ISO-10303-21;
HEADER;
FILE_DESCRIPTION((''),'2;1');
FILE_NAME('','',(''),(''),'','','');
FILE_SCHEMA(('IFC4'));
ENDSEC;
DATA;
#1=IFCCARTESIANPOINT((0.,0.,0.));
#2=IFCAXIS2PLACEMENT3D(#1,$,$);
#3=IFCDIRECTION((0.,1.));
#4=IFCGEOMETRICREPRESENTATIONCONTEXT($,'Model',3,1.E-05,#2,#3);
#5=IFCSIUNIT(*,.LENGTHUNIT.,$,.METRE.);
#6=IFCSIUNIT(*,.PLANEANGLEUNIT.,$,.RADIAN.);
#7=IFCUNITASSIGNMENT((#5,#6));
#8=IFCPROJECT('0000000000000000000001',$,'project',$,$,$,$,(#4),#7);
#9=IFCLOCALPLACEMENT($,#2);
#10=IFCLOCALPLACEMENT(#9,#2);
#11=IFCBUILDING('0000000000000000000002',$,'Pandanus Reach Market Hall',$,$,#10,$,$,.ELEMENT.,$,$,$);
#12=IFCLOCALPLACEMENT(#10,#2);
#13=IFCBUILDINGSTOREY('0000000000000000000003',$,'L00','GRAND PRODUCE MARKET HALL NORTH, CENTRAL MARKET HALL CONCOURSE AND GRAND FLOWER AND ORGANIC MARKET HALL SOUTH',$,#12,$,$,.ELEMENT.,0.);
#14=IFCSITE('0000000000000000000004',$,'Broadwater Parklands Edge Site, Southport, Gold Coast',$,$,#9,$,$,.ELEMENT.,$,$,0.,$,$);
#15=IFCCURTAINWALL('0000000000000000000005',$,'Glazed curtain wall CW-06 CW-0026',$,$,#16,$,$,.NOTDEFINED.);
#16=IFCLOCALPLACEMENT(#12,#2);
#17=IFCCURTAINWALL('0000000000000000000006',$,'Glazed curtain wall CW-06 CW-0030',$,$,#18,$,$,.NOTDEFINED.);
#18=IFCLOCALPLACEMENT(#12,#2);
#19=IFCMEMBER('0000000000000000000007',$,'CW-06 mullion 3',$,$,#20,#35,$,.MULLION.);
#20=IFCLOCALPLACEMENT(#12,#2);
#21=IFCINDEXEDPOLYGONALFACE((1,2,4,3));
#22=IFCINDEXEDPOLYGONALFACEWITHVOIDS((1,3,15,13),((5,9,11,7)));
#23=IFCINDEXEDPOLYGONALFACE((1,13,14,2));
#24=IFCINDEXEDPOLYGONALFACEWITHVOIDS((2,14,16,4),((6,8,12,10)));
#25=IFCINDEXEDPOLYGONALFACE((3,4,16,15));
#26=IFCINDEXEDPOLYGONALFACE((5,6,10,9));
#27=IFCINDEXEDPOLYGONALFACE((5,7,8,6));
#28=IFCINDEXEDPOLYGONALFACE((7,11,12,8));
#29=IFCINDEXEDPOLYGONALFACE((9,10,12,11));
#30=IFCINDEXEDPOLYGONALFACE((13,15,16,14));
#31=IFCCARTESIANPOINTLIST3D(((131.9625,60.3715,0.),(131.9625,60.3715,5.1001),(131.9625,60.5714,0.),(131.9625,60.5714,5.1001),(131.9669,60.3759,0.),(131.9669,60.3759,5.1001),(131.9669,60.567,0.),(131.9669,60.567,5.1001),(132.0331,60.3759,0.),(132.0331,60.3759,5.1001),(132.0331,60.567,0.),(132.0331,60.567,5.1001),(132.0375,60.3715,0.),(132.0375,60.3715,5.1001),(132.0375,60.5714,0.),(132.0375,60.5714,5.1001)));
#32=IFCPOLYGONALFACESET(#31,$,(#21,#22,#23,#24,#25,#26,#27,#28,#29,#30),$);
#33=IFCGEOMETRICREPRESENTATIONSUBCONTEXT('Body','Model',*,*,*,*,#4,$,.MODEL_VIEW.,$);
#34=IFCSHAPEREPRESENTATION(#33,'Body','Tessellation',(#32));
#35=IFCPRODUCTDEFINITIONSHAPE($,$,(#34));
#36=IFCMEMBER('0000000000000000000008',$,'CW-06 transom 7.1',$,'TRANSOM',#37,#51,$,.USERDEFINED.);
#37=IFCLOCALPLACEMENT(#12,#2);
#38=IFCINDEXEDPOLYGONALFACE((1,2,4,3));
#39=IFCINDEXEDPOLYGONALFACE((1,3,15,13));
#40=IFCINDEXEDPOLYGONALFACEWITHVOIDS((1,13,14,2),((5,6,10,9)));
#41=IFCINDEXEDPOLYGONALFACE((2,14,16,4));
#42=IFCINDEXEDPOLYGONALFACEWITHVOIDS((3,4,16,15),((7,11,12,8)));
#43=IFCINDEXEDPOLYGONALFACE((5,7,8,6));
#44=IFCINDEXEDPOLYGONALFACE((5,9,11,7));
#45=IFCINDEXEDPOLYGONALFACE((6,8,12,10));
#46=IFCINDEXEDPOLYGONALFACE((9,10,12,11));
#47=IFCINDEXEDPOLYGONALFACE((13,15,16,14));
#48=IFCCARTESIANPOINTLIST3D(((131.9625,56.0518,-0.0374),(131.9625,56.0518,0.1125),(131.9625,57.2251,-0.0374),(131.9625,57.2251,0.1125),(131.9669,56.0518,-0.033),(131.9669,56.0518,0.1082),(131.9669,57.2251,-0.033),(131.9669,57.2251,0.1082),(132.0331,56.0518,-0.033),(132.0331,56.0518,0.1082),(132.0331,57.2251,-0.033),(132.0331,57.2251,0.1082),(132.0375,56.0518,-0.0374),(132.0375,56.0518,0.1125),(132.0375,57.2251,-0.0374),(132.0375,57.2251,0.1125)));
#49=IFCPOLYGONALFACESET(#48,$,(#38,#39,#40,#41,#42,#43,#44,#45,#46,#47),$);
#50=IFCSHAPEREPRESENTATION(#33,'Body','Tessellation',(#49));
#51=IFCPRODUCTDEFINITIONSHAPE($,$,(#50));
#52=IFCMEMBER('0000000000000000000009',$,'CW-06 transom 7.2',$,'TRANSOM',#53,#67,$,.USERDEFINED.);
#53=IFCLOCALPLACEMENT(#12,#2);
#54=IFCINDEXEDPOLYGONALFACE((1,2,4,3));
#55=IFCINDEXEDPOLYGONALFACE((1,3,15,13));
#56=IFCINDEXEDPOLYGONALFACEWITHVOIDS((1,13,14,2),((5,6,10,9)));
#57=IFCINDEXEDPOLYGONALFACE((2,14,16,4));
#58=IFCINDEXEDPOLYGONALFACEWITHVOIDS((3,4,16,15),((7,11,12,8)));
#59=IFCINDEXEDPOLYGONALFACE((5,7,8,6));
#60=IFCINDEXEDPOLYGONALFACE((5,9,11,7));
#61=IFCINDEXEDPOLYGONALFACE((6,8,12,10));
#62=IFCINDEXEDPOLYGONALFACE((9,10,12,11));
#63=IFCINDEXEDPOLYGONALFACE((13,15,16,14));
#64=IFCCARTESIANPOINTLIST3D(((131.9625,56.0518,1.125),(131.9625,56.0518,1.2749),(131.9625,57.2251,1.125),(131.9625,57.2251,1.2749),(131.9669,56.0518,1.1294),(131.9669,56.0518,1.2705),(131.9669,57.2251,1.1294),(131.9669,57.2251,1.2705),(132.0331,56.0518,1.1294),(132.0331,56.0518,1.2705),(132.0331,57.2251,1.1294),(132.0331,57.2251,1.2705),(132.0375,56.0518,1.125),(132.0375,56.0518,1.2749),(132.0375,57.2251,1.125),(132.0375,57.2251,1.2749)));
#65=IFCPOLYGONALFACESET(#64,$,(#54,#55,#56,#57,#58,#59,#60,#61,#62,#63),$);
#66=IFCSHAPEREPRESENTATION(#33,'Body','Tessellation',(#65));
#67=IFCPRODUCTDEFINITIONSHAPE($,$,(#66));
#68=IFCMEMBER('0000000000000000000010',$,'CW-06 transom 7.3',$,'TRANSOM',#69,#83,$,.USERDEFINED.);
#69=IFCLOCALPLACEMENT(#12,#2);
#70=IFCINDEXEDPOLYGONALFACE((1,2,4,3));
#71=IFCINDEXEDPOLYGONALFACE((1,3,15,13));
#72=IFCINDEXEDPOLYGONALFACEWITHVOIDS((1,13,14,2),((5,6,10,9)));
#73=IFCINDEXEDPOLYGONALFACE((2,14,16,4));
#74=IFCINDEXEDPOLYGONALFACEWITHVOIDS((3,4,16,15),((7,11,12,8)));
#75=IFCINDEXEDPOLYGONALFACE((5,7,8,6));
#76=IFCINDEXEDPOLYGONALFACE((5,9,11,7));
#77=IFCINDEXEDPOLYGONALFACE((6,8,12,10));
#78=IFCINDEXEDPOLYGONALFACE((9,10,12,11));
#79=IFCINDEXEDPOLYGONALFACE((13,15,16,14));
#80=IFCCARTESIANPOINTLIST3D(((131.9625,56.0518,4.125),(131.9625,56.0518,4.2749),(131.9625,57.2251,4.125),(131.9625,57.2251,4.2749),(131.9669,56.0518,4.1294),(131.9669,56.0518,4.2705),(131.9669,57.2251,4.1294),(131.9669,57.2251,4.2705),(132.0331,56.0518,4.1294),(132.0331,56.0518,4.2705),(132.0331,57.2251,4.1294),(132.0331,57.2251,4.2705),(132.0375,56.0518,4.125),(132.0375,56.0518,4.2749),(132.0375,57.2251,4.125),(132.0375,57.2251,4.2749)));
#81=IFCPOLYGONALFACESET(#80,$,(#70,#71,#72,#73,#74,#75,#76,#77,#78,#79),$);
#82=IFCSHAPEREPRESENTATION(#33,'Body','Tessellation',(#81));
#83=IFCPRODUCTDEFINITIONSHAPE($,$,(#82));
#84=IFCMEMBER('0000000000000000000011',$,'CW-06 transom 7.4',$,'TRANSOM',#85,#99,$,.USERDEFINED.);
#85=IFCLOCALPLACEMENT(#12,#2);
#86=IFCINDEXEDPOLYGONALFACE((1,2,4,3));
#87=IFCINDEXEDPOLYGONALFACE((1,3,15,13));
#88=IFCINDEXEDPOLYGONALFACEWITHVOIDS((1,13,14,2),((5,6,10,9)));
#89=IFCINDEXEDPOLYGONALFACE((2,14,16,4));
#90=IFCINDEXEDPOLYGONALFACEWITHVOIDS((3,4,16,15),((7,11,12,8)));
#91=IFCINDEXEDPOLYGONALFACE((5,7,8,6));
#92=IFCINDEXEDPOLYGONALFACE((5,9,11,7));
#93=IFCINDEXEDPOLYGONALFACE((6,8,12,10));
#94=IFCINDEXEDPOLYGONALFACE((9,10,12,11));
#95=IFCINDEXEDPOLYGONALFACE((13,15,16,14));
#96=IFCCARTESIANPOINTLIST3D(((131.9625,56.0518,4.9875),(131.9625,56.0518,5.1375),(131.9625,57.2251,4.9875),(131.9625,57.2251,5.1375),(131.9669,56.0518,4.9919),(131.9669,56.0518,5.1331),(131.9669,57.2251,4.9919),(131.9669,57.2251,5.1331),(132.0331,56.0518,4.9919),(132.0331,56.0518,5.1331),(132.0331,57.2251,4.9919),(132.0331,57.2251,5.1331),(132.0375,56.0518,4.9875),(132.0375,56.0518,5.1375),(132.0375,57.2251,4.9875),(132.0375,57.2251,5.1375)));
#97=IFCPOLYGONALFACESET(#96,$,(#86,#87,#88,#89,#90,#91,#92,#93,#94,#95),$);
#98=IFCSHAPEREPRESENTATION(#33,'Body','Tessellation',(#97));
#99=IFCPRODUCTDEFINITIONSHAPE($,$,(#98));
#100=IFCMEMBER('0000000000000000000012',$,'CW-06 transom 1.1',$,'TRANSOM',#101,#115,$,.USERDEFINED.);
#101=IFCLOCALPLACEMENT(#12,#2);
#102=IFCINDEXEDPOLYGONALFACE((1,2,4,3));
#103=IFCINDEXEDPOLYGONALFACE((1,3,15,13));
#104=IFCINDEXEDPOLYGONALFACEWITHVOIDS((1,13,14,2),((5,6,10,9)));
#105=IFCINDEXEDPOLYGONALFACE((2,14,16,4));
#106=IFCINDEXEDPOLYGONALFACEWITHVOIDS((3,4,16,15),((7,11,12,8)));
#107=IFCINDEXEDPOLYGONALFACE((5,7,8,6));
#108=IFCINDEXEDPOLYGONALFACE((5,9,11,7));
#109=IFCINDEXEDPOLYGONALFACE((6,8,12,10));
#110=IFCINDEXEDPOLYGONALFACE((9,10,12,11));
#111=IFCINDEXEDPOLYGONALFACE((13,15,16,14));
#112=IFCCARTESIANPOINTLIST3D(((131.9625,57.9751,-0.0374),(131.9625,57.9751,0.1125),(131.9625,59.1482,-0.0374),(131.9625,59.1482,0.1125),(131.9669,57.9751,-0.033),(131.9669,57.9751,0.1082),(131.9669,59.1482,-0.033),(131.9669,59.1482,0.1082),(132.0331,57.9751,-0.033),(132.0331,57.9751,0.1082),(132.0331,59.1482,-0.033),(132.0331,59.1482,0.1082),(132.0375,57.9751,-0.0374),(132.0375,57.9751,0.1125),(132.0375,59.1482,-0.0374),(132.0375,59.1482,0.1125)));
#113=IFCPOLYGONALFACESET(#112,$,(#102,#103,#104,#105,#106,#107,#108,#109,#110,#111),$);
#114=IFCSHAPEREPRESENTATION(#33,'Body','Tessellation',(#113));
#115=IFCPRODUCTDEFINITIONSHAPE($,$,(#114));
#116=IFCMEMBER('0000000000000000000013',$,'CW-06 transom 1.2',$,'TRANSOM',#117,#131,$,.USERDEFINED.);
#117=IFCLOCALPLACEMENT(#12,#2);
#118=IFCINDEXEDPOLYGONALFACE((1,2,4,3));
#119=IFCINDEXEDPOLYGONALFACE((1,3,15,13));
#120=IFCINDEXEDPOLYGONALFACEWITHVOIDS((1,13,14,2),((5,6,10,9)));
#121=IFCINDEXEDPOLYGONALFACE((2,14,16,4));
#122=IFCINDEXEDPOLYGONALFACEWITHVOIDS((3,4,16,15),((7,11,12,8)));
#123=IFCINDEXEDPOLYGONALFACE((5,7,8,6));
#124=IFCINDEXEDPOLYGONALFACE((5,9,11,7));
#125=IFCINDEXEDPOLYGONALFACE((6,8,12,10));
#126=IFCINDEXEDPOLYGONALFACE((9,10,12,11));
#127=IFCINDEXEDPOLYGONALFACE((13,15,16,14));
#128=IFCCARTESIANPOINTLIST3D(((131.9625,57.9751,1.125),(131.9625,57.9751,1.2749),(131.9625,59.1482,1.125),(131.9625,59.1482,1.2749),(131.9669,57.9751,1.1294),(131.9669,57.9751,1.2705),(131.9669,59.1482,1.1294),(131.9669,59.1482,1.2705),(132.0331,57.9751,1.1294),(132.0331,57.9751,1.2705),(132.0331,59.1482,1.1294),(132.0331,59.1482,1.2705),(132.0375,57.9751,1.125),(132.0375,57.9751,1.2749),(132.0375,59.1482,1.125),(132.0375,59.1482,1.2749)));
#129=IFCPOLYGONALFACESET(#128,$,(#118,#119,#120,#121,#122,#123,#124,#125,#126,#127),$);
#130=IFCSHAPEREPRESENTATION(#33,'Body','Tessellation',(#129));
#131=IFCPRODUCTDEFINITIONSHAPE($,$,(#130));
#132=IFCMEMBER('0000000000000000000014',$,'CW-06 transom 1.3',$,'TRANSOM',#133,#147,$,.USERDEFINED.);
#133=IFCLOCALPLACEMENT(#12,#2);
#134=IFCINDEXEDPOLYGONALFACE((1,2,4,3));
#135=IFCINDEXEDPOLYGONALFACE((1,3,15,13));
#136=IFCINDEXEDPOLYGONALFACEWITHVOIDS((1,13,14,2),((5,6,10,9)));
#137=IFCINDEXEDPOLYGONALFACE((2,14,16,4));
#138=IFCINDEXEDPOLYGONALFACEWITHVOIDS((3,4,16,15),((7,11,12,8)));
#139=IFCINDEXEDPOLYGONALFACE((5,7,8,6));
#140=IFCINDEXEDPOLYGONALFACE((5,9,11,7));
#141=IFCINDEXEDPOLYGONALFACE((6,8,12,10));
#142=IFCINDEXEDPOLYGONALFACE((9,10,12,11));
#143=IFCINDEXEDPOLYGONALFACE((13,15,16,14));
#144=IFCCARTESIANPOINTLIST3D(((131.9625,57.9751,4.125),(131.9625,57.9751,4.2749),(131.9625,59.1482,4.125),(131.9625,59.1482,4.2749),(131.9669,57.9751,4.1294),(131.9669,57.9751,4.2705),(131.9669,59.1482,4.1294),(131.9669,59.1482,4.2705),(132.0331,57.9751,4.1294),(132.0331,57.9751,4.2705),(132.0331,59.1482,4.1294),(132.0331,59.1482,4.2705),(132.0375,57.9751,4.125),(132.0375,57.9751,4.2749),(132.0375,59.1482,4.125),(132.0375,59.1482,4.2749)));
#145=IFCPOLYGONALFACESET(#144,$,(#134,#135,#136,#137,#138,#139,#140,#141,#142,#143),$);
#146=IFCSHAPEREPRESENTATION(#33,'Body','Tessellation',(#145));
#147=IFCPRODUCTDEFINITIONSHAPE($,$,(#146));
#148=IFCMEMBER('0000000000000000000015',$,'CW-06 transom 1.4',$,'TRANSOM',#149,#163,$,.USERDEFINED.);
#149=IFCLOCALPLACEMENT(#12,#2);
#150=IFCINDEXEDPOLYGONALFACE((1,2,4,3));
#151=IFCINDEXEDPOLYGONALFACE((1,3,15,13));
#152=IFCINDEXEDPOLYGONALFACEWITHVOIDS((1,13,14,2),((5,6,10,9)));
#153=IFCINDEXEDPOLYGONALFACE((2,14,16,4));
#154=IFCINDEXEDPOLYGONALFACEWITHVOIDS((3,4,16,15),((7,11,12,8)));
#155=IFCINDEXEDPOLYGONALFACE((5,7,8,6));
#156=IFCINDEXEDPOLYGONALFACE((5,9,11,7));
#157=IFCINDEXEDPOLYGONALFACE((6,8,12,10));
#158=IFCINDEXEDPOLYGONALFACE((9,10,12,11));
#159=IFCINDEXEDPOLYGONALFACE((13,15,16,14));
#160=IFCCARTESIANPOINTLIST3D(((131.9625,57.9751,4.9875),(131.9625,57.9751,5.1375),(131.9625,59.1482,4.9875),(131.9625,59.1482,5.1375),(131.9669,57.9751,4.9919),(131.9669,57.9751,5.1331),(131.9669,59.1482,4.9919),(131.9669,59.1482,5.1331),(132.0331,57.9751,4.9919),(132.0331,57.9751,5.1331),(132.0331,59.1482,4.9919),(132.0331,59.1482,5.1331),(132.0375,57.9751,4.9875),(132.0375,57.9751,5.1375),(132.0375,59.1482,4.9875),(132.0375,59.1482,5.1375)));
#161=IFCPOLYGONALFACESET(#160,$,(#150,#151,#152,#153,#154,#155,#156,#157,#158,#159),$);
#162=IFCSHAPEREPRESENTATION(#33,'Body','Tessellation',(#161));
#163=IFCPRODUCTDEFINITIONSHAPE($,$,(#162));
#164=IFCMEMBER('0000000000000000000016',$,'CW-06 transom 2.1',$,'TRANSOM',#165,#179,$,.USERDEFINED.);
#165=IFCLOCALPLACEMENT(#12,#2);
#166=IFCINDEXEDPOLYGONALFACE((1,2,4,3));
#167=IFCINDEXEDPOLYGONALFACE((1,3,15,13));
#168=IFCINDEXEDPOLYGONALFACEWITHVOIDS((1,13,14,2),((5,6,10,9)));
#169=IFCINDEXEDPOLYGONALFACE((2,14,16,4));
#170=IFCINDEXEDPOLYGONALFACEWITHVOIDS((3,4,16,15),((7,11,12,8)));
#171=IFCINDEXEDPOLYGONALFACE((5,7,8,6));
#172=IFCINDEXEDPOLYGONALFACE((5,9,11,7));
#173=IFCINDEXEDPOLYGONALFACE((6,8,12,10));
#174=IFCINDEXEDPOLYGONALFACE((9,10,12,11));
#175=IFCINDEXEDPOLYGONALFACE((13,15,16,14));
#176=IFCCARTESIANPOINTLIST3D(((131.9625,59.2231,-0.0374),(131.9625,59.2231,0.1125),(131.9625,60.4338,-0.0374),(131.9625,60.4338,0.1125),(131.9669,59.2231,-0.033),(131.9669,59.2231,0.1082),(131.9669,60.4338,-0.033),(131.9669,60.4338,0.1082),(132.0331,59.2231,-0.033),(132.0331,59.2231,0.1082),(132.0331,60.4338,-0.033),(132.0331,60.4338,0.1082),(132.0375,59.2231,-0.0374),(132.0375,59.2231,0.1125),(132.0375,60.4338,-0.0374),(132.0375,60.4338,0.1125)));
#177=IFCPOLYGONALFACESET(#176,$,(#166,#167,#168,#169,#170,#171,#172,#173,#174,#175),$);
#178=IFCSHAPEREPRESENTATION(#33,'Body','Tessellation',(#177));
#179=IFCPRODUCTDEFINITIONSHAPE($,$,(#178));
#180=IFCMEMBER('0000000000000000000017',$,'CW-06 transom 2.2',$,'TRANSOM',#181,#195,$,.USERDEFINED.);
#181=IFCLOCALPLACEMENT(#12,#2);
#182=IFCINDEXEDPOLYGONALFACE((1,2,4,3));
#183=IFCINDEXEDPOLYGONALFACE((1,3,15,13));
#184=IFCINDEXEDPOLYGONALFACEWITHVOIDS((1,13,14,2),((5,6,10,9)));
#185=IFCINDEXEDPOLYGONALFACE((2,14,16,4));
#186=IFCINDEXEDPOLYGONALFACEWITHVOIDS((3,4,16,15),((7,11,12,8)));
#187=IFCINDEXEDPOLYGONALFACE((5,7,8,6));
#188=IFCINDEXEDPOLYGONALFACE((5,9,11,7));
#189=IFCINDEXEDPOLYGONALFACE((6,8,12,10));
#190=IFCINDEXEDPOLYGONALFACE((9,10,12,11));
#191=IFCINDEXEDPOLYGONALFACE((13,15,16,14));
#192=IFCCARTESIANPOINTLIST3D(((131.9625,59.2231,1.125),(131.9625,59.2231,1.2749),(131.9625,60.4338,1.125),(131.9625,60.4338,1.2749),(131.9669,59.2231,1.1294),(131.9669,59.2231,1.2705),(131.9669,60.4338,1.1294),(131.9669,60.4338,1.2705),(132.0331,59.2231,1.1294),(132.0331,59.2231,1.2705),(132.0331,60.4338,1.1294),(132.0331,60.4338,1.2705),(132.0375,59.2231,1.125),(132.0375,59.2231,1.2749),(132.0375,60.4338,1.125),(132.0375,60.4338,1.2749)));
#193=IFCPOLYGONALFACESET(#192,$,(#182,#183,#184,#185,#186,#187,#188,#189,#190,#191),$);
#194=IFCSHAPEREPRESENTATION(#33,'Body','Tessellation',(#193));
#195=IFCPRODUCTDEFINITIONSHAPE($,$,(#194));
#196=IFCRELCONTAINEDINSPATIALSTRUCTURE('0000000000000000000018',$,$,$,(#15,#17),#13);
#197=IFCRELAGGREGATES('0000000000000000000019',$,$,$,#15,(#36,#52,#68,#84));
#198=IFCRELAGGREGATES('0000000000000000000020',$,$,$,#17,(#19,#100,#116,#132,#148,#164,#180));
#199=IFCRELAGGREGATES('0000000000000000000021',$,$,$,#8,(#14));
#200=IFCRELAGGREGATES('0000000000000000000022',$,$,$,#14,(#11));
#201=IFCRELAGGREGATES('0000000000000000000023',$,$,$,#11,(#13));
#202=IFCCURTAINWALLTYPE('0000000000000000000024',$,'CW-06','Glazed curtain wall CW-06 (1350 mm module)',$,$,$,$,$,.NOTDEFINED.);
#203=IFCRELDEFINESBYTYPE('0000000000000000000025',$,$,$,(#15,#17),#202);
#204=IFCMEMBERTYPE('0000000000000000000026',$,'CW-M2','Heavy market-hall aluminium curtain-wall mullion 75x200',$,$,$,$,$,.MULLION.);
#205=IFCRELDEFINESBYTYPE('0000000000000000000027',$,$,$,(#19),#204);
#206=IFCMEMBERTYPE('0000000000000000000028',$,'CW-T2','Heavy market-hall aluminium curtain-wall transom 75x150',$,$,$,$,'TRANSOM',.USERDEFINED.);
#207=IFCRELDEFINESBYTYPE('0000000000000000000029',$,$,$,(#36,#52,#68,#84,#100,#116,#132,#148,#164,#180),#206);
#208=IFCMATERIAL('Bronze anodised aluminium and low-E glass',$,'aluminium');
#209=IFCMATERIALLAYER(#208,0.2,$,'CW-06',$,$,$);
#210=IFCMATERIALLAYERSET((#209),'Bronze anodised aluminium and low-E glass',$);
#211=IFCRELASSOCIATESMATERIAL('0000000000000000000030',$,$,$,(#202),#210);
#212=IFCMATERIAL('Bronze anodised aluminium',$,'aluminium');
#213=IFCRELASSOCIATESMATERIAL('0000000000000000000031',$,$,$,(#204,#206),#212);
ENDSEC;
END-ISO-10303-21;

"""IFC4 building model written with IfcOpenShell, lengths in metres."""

from ifc_helpers import new_model, si_unit, direction, frame, origin, origin_2d, place, context, subcontext, project, spatial, hollow_rectangle, extrude, material, layer, layer_set, material_profile, profile_set, type_object, element, aggregate, save


model = new_model("IFC4")

# Units and contexts
model_context = context("Model", 3, precision=1e-05, world=origin(), true_north=direction((0.0, 1.0)))
body_context = subcontext(model_context, "Body", "Model", "MODEL_VIEW")
ifc_project = project(units=[si_unit("LENGTHUNIT", "METRE"), si_unit("PLANEANGLEUNIT", "RADIAN")], contexts=[model_context])

# Site, building, storey
site_placement = place(None, origin())
site = spatial("IfcSite", under=ifc_project, at=site_placement, Name="Broadwater Parklands Edge Site, Southport, Gold Coast", CompositionType="ELEMENT", RefElevation=0.0)
building_placement = place(site_placement, origin())
building = spatial("IfcBuilding", under=site, at=building_placement, Name="Pandanus Reach Market Hall", CompositionType="ELEMENT")
storey_placement = place(building_placement, origin())
storey = spatial("IfcBuildingStorey", under=building, at=storey_placement, Name="L00", Description="GRAND PRODUCE MARKET HALL NORTH, CENTRAL MARKET HALL CONCOURSE AND GRAND FLOWER AND ORGANIC MARKET HALL SOUTH", CompositionType="ELEMENT", Elevation=0.0)

# Curtain walls, member
ifc_material_1 = material(Name="Bronze anodised aluminium and low-E glass", Category="aluminium")
ifc_layer_1 = layer(ifc_material_1, 0.2, Name="CW-06")
ifc_layer_set_1 = layer_set([ifc_layer_1], Name="Bronze anodised aluminium and low-E glass")
curtain_wall_type = type_object("IfcCurtainWallType", Name="CW-06", Description="Glazed curtain wall CW-06 (1350 mm module)", PredefinedType="NOTDEFINED", material=ifc_layer_set_1)
curtain_wall_1_placement = place(storey_placement, origin())
curtain_wall_1 = element("IfcCurtainWall", 1, at=curtain_wall_1_placement, inside=storey, type_object=curtain_wall_type, Name="Glazed curtain wall CW-06 CW-0026", PredefinedType="NOTDEFINED")
ifc_material_2 = material(Name="Bronze anodised aluminium", Category="aluminium")
ifc_material_profile_1 = material_profile(ifc_material_2, hollow_rectangle(XDim=0.075, YDim=0.2, WallThickness=0.0044, at=origin_2d()), Name="ALU75x200", Category="LoadBearing")
ifc_profile_set_1 = profile_set([ifc_material_profile_1], Name="Bronze anodised aluminium")
member_type_1 = type_object("IfcMemberType", Name="CW-M2", Description="Heavy market-hall aluminium curtain-wall mullion 75x200", PredefinedType="MULLION", material=ifc_profile_set_1)
curtain_wall_2_placement = place(storey_placement, origin())
curtain_wall_2 = element("IfcCurtainWall", 2, at=curtain_wall_2_placement, inside=storey, type_object=curtain_wall_type, Name="Glazed curtain wall CW-06 CW-0030", PredefinedType="NOTDEFINED")
member_1_placement = place(storey_placement, frame((132.0, 60.4714, 0.0), z_axis=(0.0, 0.0, 1.0), x_axis=(-1.0, 0.0, 0.0)))
member_1 = element("IfcMember", 3, at=member_1_placement, type_object=member_type_1, Name="CW-06 mullion 3", PredefinedType="MULLION", context=body_context, shape_type="SweptSolid", body=[
    extrude(hollow_rectangle(XDim=0.075, YDim=0.2, WallThickness=0.0044, at=origin_2d()), origin(), (0.0, 0.0, 1.0), 5.1001),
])

# Members
ifc_material_profile_2 = material_profile(ifc_material_2, hollow_rectangle(XDim=0.075, YDim=0.1499, WallThickness=0.0044, at=origin_2d()), Name="ALU75x150", Category="LoadBearing")
ifc_profile_set_2 = profile_set([ifc_material_profile_2], Name="Bronze anodised aluminium")
member_type_2 = type_object("IfcMemberType", Name="CW-T2", Description="Heavy market-hall aluminium curtain-wall transom 75x150", ElementType="TRANSOM", PredefinedType="USERDEFINED", material=ifc_profile_set_2)
member_2_placement = place(storey_placement, frame((132.0, 56.0518, 0.0376), z_axis=(0.0, 1.0, 0.0), x_axis=(-1.0, 0.0, 0.0)))
member_2 = element("IfcMember", 4, at=member_2_placement, type_object=member_type_2, Name="CW-06 transom 7.1", ObjectType="TRANSOM", PredefinedType="USERDEFINED", context=body_context, shape_type="SweptSolid", body=[
    extrude(hollow_rectangle(XDim=0.075, YDim=0.1499, WallThickness=0.0044, at=origin_2d()), origin(), (0.0, 0.0, 1.0), 1.1733),
])
member_3_placement = place(storey_placement, frame((132.0, 56.0518, 1.2), z_axis=(0.0, 1.0, 0.0), x_axis=(-1.0, 0.0, 0.0)))
member_3 = element("IfcMember", 5, at=member_3_placement, type_object=member_type_2, Name="CW-06 transom 7.2", ObjectType="TRANSOM", PredefinedType="USERDEFINED", context=body_context, shape_type="SweptSolid", body=[
    extrude(hollow_rectangle(XDim=0.075, YDim=0.1499, WallThickness=0.0044, at=origin_2d()), origin(), (0.0, 0.0, 1.0), 1.1733),
])
member_4_placement = place(storey_placement, frame((132.0, 56.0518, 4.2), z_axis=(0.0, 1.0, 0.0), x_axis=(-1.0, 0.0, 0.0)))
member_4 = element("IfcMember", 6, at=member_4_placement, type_object=member_type_2, Name="CW-06 transom 7.3", ObjectType="TRANSOM", PredefinedType="USERDEFINED", context=body_context, shape_type="SweptSolid", body=[
    extrude(hollow_rectangle(XDim=0.075, YDim=0.1499, WallThickness=0.0044, at=origin_2d()), origin(), (0.0, 0.0, 1.0), 1.1733),
])
member_5_placement = place(storey_placement, frame((132.0, 56.0518, 5.0625), z_axis=(0.0, 1.0, 0.0), x_axis=(-1.0, 0.0, 0.0)))
member_5 = element("IfcMember", 7, at=member_5_placement, type_object=member_type_2, Name="CW-06 transom 7.4", ObjectType="TRANSOM", PredefinedType="USERDEFINED", context=body_context, shape_type="SweptSolid", body=[
    extrude(hollow_rectangle(XDim=0.075, YDim=0.1499, WallThickness=0.0044, at=origin_2d()), origin(), (0.0, 0.0, 1.0), 1.1733),
])
member_6_placement = place(storey_placement, frame((132.0, 57.9751, 0.0376), z_axis=(0.0, 1.0, 0.0), x_axis=(-1.0, 0.0, 0.0)))
member_6 = element("IfcMember", 8, at=member_6_placement, type_object=member_type_2, Name="CW-06 transom 1.1", ObjectType="TRANSOM", PredefinedType="USERDEFINED", context=body_context, shape_type="SweptSolid", body=[
    extrude(hollow_rectangle(XDim=0.075, YDim=0.1499, WallThickness=0.0044, at=origin_2d()), origin(), (0.0, 0.0, 1.0), 1.1731),
])
member_7_placement = place(storey_placement, frame((132.0, 57.9751, 1.2), z_axis=(0.0, 1.0, 0.0), x_axis=(-1.0, 0.0, 0.0)))
member_7 = element("IfcMember", 9, at=member_7_placement, type_object=member_type_2, Name="CW-06 transom 1.2", ObjectType="TRANSOM", PredefinedType="USERDEFINED", context=body_context, shape_type="SweptSolid", body=[
    extrude(hollow_rectangle(XDim=0.075, YDim=0.1499, WallThickness=0.0044, at=origin_2d()), origin(), (0.0, 0.0, 1.0), 1.1731),
])
member_8_placement = place(storey_placement, frame((132.0, 57.9751, 4.2), z_axis=(0.0, 1.0, 0.0), x_axis=(-1.0, 0.0, 0.0)))
member_8 = element("IfcMember", 10, at=member_8_placement, type_object=member_type_2, Name="CW-06 transom 1.3", ObjectType="TRANSOM", PredefinedType="USERDEFINED", context=body_context, shape_type="SweptSolid", body=[
    extrude(hollow_rectangle(XDim=0.075, YDim=0.1499, WallThickness=0.0044, at=origin_2d()), origin(), (0.0, 0.0, 1.0), 1.1731),
])
member_9_placement = place(storey_placement, frame((132.0, 57.9751, 5.0625), z_axis=(0.0, 1.0, 0.0), x_axis=(-1.0, 0.0, 0.0)))
member_9 = element("IfcMember", 11, at=member_9_placement, type_object=member_type_2, Name="CW-06 transom 1.4", ObjectType="TRANSOM", PredefinedType="USERDEFINED", context=body_context, shape_type="SweptSolid", body=[
    extrude(hollow_rectangle(XDim=0.075, YDim=0.1499, WallThickness=0.0044, at=origin_2d()), origin(), (0.0, 0.0, 1.0), 1.1731),
])
member_10_placement = place(storey_placement, frame((132.0, 59.2231, 0.0376), z_axis=(0.0, 1.0, 0.0), x_axis=(-1.0, 0.0, 0.0)))
member_10 = element("IfcMember", 12, at=member_10_placement, type_object=member_type_2, Name="CW-06 transom 2.1", ObjectType="TRANSOM", PredefinedType="USERDEFINED", context=body_context, shape_type="SweptSolid", body=[
    extrude(hollow_rectangle(XDim=0.075, YDim=0.1499, WallThickness=0.0044, at=origin_2d()), origin(), (0.0, 0.0, 1.0), 1.2107),
])
member_11_placement = place(storey_placement, frame((132.0, 59.2231, 1.2), z_axis=(0.0, 1.0, 0.0), x_axis=(-1.0, 0.0, 0.0)))
member_11 = element("IfcMember", 13, at=member_11_placement, type_object=member_type_2, Name="CW-06 transom 2.2", ObjectType="TRANSOM", PredefinedType="USERDEFINED", context=body_context, shape_type="SweptSolid", body=[
    extrude(hollow_rectangle(XDim=0.075, YDim=0.1499, WallThickness=0.0044, at=origin_2d()), origin(), (0.0, 0.0, 1.0), 1.2107),
])

aggregate(curtain_wall_1, [member_2, member_3, member_4, member_5])
aggregate(curtain_wall_2, [member_1, member_6, member_7, member_8, member_9, member_10, member_11])

save(model, "model.ifc")
